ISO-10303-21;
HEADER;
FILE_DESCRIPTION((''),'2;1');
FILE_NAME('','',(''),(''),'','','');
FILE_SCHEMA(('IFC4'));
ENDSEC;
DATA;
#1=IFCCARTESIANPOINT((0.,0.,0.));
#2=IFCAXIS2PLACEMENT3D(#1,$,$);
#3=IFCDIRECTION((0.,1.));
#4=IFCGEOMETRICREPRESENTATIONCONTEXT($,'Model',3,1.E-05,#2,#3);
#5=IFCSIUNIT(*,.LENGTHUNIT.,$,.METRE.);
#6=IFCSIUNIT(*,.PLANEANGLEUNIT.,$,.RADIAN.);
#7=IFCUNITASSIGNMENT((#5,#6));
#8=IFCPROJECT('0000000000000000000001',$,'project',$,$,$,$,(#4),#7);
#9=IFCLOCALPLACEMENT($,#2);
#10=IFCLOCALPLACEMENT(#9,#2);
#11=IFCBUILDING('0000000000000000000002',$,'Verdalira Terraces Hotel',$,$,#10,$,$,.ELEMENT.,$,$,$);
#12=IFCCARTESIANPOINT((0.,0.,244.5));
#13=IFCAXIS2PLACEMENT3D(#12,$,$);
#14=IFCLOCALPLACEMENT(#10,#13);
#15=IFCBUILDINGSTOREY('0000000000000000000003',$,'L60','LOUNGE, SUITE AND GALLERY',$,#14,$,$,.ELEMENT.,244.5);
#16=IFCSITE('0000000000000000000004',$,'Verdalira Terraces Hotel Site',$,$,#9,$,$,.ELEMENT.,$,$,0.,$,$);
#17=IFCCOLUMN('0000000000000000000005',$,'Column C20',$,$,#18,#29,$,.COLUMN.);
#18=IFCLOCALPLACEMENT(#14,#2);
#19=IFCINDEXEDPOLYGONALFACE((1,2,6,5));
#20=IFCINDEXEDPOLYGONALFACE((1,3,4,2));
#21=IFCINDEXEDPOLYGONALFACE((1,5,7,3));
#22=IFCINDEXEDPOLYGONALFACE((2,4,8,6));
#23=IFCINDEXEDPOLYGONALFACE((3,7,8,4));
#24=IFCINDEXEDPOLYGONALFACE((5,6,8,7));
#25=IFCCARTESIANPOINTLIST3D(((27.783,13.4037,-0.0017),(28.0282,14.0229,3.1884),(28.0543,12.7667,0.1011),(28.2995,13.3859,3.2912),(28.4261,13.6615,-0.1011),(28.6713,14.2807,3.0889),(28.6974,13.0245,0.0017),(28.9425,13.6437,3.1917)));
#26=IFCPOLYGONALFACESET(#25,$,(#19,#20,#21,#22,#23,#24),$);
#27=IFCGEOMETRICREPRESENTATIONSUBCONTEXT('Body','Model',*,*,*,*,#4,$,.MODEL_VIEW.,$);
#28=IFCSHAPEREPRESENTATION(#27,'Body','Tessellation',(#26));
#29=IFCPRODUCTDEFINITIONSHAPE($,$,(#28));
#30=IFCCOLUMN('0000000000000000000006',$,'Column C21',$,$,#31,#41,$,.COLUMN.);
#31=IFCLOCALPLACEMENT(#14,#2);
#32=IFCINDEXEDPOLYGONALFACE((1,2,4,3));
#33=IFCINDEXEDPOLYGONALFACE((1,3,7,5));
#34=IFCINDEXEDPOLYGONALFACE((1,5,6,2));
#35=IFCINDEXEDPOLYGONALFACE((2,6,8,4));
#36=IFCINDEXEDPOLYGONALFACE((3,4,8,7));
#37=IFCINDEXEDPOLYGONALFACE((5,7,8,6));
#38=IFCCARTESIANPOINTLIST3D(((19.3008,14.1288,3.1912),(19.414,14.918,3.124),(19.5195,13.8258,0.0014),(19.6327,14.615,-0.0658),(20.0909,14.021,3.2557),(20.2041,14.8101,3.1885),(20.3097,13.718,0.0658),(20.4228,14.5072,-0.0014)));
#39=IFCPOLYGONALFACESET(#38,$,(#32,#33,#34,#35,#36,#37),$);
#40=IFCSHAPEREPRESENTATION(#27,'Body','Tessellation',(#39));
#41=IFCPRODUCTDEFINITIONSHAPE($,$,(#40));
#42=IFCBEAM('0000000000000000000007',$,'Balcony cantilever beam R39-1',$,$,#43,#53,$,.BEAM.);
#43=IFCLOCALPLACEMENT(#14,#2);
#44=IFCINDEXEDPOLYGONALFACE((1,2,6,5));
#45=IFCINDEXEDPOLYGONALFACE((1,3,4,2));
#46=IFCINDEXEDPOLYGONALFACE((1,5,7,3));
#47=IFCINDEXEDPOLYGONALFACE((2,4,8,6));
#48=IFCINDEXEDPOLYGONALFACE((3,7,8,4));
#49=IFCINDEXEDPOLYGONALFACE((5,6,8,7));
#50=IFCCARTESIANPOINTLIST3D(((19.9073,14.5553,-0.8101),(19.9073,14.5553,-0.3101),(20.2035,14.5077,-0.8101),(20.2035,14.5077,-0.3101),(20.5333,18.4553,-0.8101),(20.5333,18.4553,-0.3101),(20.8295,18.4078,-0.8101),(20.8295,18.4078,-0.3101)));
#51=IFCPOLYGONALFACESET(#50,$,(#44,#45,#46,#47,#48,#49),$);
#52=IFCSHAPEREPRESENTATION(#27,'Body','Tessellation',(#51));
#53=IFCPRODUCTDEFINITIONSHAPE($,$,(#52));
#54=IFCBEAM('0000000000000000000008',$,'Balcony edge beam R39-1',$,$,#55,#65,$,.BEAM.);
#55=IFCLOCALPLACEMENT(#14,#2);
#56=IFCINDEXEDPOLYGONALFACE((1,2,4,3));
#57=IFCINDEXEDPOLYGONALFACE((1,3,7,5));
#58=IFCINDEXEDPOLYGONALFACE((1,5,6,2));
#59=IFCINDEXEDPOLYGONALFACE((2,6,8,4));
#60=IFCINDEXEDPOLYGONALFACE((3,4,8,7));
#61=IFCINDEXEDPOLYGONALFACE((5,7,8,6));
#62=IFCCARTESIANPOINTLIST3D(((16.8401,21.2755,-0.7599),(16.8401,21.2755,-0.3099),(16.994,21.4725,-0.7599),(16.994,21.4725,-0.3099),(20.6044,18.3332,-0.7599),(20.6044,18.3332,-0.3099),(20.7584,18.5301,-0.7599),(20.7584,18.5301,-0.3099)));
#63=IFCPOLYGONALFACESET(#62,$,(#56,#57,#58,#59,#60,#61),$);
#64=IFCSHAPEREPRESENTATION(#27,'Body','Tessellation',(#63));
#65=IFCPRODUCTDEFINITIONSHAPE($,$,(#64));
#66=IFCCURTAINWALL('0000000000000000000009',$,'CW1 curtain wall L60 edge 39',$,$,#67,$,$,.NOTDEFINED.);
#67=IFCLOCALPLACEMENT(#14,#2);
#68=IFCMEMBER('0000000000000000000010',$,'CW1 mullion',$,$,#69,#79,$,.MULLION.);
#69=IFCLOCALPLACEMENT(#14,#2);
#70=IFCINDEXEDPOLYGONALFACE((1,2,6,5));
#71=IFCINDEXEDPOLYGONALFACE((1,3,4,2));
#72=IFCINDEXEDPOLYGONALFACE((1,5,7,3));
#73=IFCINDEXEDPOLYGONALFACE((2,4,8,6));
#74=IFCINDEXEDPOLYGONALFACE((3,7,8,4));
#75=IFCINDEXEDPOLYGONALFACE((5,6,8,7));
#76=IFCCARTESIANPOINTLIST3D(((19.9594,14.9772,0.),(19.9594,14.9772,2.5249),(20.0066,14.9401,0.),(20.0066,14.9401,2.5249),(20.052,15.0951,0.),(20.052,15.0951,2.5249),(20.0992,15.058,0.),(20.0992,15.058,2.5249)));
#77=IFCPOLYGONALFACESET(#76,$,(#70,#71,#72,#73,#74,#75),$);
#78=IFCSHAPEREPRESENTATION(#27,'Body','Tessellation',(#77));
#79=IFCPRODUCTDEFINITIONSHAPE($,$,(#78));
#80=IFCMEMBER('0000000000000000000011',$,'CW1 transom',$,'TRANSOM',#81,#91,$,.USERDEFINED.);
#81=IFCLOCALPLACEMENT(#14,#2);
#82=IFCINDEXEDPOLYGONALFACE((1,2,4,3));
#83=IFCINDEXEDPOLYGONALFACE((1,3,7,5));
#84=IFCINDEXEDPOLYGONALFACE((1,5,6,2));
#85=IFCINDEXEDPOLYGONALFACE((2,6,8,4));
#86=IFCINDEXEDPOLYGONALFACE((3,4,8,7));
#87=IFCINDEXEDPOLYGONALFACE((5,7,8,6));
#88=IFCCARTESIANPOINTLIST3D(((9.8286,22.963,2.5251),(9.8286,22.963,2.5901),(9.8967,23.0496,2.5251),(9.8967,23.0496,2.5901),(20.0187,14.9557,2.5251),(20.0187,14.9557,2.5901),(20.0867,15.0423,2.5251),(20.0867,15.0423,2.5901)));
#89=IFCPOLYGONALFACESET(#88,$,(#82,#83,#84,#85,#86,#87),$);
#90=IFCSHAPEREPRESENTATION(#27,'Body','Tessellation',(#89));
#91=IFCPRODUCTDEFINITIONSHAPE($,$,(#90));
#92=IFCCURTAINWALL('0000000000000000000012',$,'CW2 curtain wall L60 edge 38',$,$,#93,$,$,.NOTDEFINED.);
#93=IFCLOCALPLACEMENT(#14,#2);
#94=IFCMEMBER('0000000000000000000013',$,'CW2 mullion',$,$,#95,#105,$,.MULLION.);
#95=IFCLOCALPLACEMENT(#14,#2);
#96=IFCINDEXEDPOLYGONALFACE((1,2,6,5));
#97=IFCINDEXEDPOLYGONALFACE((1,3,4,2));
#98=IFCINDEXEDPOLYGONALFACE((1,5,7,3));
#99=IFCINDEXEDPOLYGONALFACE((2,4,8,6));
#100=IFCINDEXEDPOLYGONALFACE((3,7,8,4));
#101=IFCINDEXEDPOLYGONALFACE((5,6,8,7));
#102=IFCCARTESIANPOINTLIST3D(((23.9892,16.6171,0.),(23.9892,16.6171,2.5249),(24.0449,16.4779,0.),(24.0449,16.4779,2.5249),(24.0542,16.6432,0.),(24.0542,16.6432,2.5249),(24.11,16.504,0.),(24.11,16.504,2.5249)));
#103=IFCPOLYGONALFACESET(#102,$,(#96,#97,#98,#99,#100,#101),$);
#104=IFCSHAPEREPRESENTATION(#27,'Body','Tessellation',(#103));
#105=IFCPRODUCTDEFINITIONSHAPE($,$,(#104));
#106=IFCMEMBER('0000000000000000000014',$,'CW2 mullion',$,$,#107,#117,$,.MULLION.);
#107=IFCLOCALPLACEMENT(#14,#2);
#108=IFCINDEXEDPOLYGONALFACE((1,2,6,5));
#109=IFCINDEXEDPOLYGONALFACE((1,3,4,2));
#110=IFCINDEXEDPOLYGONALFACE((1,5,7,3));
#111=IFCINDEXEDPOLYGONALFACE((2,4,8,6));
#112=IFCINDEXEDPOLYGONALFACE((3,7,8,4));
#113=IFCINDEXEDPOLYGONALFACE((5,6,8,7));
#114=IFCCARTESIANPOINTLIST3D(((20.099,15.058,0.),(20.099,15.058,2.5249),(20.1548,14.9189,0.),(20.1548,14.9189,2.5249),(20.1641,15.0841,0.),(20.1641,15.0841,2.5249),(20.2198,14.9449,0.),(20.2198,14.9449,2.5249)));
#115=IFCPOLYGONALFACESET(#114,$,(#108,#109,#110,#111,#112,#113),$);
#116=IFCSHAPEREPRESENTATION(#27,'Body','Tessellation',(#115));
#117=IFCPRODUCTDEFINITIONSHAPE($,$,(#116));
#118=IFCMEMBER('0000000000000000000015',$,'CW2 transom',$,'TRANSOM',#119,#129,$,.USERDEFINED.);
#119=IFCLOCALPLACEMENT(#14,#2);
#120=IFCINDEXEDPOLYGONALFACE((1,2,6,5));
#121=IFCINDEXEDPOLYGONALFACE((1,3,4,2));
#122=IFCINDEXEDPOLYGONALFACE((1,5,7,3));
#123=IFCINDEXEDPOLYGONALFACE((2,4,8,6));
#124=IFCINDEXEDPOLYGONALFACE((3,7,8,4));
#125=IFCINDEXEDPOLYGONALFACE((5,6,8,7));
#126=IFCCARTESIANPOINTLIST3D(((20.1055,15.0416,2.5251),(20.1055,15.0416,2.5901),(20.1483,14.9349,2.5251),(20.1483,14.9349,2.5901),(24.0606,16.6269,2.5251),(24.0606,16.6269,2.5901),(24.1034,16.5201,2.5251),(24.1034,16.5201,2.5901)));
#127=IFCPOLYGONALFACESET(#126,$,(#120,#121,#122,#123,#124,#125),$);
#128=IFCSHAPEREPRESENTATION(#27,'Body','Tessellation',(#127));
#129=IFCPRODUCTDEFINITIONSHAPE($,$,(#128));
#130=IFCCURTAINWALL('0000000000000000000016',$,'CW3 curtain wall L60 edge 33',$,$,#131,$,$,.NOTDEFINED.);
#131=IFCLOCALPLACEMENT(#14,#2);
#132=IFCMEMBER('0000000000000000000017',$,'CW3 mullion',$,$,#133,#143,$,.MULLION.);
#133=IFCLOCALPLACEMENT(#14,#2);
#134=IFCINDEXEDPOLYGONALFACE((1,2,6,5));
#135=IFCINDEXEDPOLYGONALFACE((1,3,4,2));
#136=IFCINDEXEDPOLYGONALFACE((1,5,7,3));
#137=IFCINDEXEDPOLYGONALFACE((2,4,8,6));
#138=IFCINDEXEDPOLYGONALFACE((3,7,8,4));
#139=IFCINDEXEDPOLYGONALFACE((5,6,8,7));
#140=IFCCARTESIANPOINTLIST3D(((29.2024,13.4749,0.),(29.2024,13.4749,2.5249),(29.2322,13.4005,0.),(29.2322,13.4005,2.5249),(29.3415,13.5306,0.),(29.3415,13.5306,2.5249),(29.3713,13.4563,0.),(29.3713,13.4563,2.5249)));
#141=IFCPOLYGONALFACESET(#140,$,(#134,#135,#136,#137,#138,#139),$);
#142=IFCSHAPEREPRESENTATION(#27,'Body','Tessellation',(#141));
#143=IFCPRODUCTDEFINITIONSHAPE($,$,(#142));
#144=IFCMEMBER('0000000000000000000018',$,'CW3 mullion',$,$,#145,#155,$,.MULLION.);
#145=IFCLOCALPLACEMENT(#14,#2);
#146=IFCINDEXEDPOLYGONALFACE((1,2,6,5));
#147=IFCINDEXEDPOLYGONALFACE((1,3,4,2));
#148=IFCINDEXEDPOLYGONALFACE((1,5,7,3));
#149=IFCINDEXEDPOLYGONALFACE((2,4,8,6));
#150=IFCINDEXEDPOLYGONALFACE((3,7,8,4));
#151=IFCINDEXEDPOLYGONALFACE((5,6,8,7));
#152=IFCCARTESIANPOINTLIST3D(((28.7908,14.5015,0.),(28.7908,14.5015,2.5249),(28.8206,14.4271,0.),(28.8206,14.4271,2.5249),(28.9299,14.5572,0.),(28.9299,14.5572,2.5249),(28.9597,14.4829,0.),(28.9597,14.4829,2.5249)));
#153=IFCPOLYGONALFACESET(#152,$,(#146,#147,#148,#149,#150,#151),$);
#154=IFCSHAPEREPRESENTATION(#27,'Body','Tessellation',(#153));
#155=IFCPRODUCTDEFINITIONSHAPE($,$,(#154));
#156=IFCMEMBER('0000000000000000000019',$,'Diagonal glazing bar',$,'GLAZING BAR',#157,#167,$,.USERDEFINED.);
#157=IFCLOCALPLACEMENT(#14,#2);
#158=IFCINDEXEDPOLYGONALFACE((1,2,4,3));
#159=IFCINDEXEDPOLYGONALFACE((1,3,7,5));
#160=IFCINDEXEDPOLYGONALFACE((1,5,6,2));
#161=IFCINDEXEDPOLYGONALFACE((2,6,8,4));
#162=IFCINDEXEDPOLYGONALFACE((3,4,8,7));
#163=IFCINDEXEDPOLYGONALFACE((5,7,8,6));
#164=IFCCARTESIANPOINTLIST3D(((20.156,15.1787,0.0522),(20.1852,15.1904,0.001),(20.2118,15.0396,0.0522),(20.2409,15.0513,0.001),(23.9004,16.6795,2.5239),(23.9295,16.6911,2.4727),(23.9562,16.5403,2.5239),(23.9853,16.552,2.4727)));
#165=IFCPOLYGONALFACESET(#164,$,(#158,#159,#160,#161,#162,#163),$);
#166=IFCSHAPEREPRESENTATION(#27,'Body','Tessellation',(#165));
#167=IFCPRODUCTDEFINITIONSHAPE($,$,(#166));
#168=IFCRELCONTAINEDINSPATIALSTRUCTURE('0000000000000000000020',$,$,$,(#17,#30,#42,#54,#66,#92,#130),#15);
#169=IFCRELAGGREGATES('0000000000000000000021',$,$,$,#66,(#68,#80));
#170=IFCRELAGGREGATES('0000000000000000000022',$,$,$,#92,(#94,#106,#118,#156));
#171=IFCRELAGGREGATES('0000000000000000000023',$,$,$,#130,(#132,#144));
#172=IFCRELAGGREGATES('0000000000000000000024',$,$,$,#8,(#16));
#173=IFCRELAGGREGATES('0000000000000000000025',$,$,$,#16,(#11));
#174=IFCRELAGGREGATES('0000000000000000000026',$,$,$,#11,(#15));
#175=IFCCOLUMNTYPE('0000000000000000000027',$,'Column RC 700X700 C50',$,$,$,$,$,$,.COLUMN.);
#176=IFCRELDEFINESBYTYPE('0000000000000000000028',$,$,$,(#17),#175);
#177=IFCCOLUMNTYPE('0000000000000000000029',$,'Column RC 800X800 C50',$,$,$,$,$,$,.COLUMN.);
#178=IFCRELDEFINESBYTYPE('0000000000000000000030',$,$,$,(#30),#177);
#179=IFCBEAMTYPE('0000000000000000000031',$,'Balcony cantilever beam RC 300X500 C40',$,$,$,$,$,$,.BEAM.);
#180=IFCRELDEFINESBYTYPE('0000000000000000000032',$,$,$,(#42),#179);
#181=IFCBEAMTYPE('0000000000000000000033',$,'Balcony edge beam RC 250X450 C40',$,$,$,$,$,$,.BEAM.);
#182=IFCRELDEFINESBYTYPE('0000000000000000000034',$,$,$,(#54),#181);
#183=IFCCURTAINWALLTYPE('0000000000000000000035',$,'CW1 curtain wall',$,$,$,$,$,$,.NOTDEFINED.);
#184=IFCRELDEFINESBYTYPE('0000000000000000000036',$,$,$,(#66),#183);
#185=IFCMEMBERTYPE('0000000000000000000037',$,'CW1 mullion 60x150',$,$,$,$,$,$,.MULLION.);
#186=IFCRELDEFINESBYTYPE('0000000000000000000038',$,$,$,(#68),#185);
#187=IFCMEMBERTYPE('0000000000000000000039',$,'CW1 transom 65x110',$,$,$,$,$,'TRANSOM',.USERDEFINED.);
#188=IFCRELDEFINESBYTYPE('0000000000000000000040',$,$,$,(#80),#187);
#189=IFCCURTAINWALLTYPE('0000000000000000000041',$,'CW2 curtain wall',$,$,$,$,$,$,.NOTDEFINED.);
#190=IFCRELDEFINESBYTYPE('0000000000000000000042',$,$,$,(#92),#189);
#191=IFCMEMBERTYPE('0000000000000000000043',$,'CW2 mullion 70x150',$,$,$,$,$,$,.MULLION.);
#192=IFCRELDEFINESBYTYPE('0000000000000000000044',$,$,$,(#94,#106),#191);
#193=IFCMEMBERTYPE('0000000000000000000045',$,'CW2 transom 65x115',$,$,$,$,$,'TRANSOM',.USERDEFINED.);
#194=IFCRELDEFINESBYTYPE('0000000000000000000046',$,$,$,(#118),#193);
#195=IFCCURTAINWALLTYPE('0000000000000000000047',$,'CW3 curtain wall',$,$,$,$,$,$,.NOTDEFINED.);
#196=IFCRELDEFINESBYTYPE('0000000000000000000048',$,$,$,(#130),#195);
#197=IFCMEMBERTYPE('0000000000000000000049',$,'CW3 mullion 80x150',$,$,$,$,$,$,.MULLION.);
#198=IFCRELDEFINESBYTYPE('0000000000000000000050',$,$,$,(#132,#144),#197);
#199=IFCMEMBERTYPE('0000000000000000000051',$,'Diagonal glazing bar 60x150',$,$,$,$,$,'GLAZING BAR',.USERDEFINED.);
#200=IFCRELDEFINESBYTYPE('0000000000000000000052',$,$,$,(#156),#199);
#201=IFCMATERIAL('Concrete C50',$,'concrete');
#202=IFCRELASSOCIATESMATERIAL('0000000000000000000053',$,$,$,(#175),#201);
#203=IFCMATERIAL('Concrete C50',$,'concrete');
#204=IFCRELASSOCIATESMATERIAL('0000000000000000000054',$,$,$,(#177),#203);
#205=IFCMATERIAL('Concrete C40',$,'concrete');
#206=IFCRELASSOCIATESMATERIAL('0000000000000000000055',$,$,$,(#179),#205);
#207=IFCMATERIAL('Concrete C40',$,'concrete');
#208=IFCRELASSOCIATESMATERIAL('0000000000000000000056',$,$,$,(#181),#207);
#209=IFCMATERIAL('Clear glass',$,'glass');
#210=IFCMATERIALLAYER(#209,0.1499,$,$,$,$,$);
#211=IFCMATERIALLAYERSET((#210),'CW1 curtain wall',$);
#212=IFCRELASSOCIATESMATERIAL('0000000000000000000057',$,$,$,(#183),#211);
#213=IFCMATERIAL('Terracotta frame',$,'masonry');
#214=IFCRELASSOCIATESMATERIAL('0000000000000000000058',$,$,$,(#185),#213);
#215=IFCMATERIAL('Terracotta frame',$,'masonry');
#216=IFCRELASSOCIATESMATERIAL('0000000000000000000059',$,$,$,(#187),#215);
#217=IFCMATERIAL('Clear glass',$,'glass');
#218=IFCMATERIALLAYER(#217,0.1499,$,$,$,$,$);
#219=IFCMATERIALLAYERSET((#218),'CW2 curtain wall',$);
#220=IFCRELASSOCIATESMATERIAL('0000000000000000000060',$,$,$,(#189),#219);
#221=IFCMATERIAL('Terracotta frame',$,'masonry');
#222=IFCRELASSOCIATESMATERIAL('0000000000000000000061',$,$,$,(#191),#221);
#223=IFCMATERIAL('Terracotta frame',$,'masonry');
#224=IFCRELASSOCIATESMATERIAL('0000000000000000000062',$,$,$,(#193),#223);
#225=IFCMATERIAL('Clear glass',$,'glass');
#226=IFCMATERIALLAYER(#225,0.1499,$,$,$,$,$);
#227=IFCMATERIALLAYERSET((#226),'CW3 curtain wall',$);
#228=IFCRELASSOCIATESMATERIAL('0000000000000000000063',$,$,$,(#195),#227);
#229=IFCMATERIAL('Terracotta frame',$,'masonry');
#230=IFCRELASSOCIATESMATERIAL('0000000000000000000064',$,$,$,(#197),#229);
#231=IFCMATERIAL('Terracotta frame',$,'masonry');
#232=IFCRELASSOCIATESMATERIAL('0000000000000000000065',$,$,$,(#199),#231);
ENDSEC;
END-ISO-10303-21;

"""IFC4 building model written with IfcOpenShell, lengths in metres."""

from ifc_helpers import new_model, si_unit, direction, frame, origin, origin_2d, place, context, subcontext, project, spatial, rectangle, extrude, material, layer, layer_set, material_profile, profile_set, type_object, element, aggregate, save


model = new_model("IFC4")

# Units and contexts
model_context = context("Model", 3, precision=1e-05, world=origin(), true_north=direction((0.0, 1.0)))
body_context = subcontext(model_context, "Body", "Model", "MODEL_VIEW")
ifc_project = project(units=[si_unit("LENGTHUNIT", "METRE"), si_unit("PLANEANGLEUNIT", "RADIAN")], contexts=[model_context])

# Site, building, storey
site_placement = place(None, origin())
site = spatial("IfcSite", under=ifc_project, at=site_placement, Name="Verdalira Terraces Hotel Site", CompositionType="ELEMENT", RefElevation=0.0)
building_placement = place(site_placement, origin())
building = spatial("IfcBuilding", under=site, at=building_placement, Name="Verdalira Terraces Hotel", CompositionType="ELEMENT")
storey_placement = place(building_placement, frame((0.0, 0.0, 244.5)))
storey = spatial("IfcBuildingStorey", under=building, at=storey_placement, Name="L60", Description="LOUNGE, SUITE AND GALLERY", CompositionType="ELEMENT", Elevation=244.5)

# Columns
ifc_material_1 = material(Name="Concrete C50", Category="concrete")
ifc_material_profile_1 = material_profile(ifc_material_1, rectangle(XDim=0.7, YDim=0.7, at=origin_2d()), Name="RC 700X700")
ifc_profile_set_1 = profile_set([ifc_material_profile_1], Name="Concrete C50")
column_type_1 = type_object("IfcColumnType", Name="Column RC 700X700 C50", PredefinedType="COLUMN", material=ifc_profile_set_1)
column_1_placement = place(storey_placement, frame((28.2402, 13.2141, 0.0), z_axis=(0.075219, 0.189996, 0.978899), x_axis=(-0.387582, 0.910063, -0.146853)))
element("IfcColumn", 1, at=column_1_placement, inside=storey, type_object=column_type_1, Name="Column C20", PredefinedType="COLUMN", context=body_context, shape_type="SweptSolid", body=[
    extrude(rectangle(XDim=0.7, YDim=0.7, at=origin_2d()), origin(), (0.0, 0.0, 1.0), 3.2588),
])
ifc_material_2 = material(Name="Concrete C50", Category="concrete")
ifc_material_profile_2 = material_profile(ifc_material_2, rectangle(XDim=0.8, YDim=0.8, at=origin_2d()), Name="RC 800X800")
ifc_profile_set_2 = profile_set([ifc_material_profile_2], Name="Concrete C50")
column_type_2 = type_object("IfcColumnType", Name="Column RC 800X800 C50", PredefinedType="COLUMN", material=ifc_profile_set_2)
column_2_placement = place(storey_placement, frame((19.9712, 14.1665, 0.0), z_axis=(-0.068109, 0.094334, 0.993208), x_axis=(0.987601, -0.134758, 0.080524)))
element("IfcColumn", 2, at=column_2_placement, inside=storey, type_object=column_type_2, Name="Column C21", PredefinedType="COLUMN", context=body_context, shape_type="SweptSolid", body=[
    extrude(rectangle(XDim=0.8, YDim=0.8, at=origin_2d()), origin(), (0.0, 0.0, 1.0), 3.2117),
])

# Beams
ifc_material_3 = material(Name="Concrete C40", Category="concrete")
ifc_material_profile_3 = material_profile(ifc_material_3, rectangle(XDim=0.3, YDim=0.5, at=origin_2d()), Name="RC 300X500")
ifc_profile_set_3 = profile_set([ifc_material_profile_3], Name="Concrete C40")
beam_type_1 = type_object("IfcBeamType", Name="Balcony cantilever beam RC 300X500 C40", PredefinedType="BEAM", material=ifc_profile_set_3)
beam_1_placement = place(storey_placement, frame((20.0554, 14.5315, -0.5601), z_axis=(0.158473, 0.987363, 0.0), x_axis=(-0.987363, 0.158473, 0.0)))
element("IfcBeam", 3, at=beam_1_placement, inside=storey, type_object=beam_type_1, Name="Balcony cantilever beam R39-1", PredefinedType="BEAM", context=body_context, shape_type="SweptSolid", body=[
    extrude(rectangle(XDim=0.3, YDim=0.5, at=origin_2d()), origin(), (0.0, 0.0, 1.0), 3.95),
])
ifc_material_4 = material(Name="Concrete C40", Category="concrete")
ifc_material_profile_4 = material_profile(ifc_material_4, rectangle(XDim=0.25, YDim=0.45, at=origin_2d()), Name="RC 250X450")
ifc_profile_set_4 = profile_set([ifc_material_profile_4], Name="Concrete C40")
beam_type_2 = type_object("IfcBeamType", Name="Balcony edge beam RC 250X450 C40", PredefinedType="BEAM", material=ifc_profile_set_4)
beam_2_placement = place(storey_placement, frame((20.6814, 18.4316, -0.5349), z_axis=(-0.787878, 0.615831, 0.0), x_axis=(-0.615831, -0.787878, 0.0)))
element("IfcBeam", 4, at=beam_2_placement, inside=storey, type_object=beam_type_2, Name="Balcony edge beam R39-1", PredefinedType="BEAM", context=body_context, shape_type="SweptSolid", body=[
    extrude(rectangle(XDim=0.25, YDim=0.45, at=origin_2d()), origin(), (0.0, 0.0, 1.0), 4.7778),
])

# Curtain walls, members
ifc_material_5 = material(Name="Clear glass", Category="glass")
ifc_layer_1 = layer(ifc_material_5, 0.1499)
ifc_layer_set_1 = layer_set([ifc_layer_1], Name="CW1 curtain wall")
curtain_wall_type_1 = type_object("IfcCurtainWallType", Name="CW1 curtain wall", PredefinedType="NOTDEFINED", material=ifc_layer_set_1)
curtain_wall_1_placement = place(storey_placement, origin())
curtain_wall_1 = element("IfcCurtainWall", 5, at=curtain_wall_1_placement, inside=storey, type_object=curtain_wall_type_1, Name="CW1 curtain wall L60 edge 39", PredefinedType="NOTDEFINED")
ifc_material_6 = material(Name="Terracotta frame", Category="masonry")
ifc_material_profile_5 = material_profile(ifc_material_6, rectangle(XDim=0.0601, YDim=0.1499, at=origin_2d()), Name="MU 60x150")
ifc_profile_set_5 = profile_set([ifc_material_profile_5], Name="Terracotta frame")
member_type_1 = type_object("IfcMemberType", Name="CW1 mullion 60x150", PredefinedType="MULLION", material=ifc_profile_set_5)
member_1_placement = place(storey_placement, frame((20.0293, 15.0176, 0.0), z_axis=(0.0, 0.0, 1.0), x_axis=(-0.786288, 0.61786, 0.0)))
member_1 = element("IfcMember", 6, at=member_1_placement, type_object=member_type_1, Name="CW1 mullion", PredefinedType="MULLION", context=body_context, shape_type="SweptSolid", body=[
    extrude(rectangle(XDim=0.0601, YDim=0.1499, at=origin_2d()), origin(), (0.0, 0.0, 1.0), 2.5249),
])
ifc_material_7 = material(Name="Terracotta frame", Category="masonry")
ifc_material_profile_6 = material_profile(ifc_material_7, rectangle(XDim=0.1101, YDim=0.0649, at=origin_2d()), Name="TR 65x110")
ifc_profile_set_6 = profile_set([ifc_material_profile_6], Name="Terracotta frame")
member_type_2 = type_object("IfcMemberType", Name="CW1 transom 65x110", ElementType="TRANSOM", PredefinedType="USERDEFINED", material=ifc_profile_set_6)
member_2_placement = place(storey_placement, frame((20.0527, 14.999, 2.5576), z_axis=(-0.78629, 0.617857, 0.0), x_axis=(-0.617857, -0.78629, 0.0)))
member_2 = element("IfcMember", 7, at=member_2_placement, type_object=member_type_2, Name="CW1 transom", ObjectType="TRANSOM", PredefinedType="USERDEFINED", context=body_context, shape_type="SweptSolid", body=[
    extrude(rectangle(XDim=0.1101, YDim=0.0649, at=origin_2d()), origin(), (0.0, 0.0, 1.0), 12.9597),
])
ifc_material_8 = material(Name="Clear glass", Category="glass")
ifc_layer_2 = layer(ifc_material_8, 0.1499)
ifc_layer_set_2 = layer_set([ifc_layer_2], Name="CW2 curtain wall")
curtain_wall_type_2 = type_object("IfcCurtainWallType", Name="CW2 curtain wall", PredefinedType="NOTDEFINED", material=ifc_layer_set_2)
curtain_wall_2_placement = place(storey_placement, origin())
curtain_wall_2 = element("IfcCurtainWall", 8, at=curtain_wall_2_placement, inside=storey, type_object=curtain_wall_type_2, Name="CW2 curtain wall L60 edge 38", PredefinedType="NOTDEFINED")
ifc_material_9 = material(Name="Terracotta frame", Category="masonry")
ifc_material_profile_7 = material_profile(ifc_material_9, rectangle(XDim=0.0701, YDim=0.1499, at=origin_2d()), Name="MU 70x150")
ifc_profile_set_7 = profile_set([ifc_material_profile_7], Name="Terracotta frame")
member_type_3 = type_object("IfcMemberType", Name="CW2 mullion 70x150", PredefinedType="MULLION", material=ifc_profile_set_7)
member_3_placement = place(storey_placement, frame((24.0496, 16.5605, 0.0), z_axis=(0.0, 0.0, 1.0), x_axis=(-0.928226, -0.372016, 0.0)))
member_3 = element("IfcMember", 9, at=member_3_placement, type_object=member_type_3, Name="CW2 mullion", PredefinedType="MULLION", context=body_context, shape_type="SweptSolid", body=[
    extrude(rectangle(XDim=0.0701, YDim=0.1499, at=origin_2d()), origin(), (0.0, 0.0, 1.0), 2.5249),
])
member_4_placement = place(storey_placement, frame((20.1594, 15.0015, 0.0), z_axis=(0.0, 0.0, 1.0), x_axis=(-0.928226, -0.372016, 0.0)))
member_4 = element("IfcMember", 10, at=member_4_placement, type_object=member_type_3, Name="CW2 mullion", PredefinedType="MULLION", context=body_context, shape_type="SweptSolid", body=[
    extrude(rectangle(XDim=0.0701, YDim=0.1499, at=origin_2d()), origin(), (0.0, 0.0, 1.0), 2.5249),
])
ifc_material_10 = material(Name="Terracotta frame", Category="masonry")
ifc_material_profile_8 = material_profile(ifc_material_10, rectangle(XDim=0.115, YDim=0.0649, at=origin_2d()), Name="TR 65x115")
ifc_profile_set_8 = profile_set([ifc_material_profile_8], Name="Terracotta frame")
member_type_4 = type_object("IfcMemberType", Name="CW2 transom 65x115", ElementType="TRANSOM", PredefinedType="USERDEFINED", material=ifc_profile_set_8)
member_5_placement = place(storey_placement, frame((24.082, 16.5735, 2.5576), z_axis=(-0.92822, -0.372033, 0.0), x_axis=(0.372033, -0.92822, 0.0)))
member_5 = element("IfcMember", 11, at=member_5_placement, type_object=member_type_4, Name="CW2 transom", ObjectType="TRANSOM", PredefinedType="USERDEFINED", context=body_context, shape_type="SweptSolid", body=[
    extrude(rectangle(XDim=0.115, YDim=0.0649, at=origin_2d()), origin(), (0.0, 0.0, 1.0), 4.261),
])
ifc_material_11 = material(Name="Clear glass", Category="glass")
ifc_layer_3 = layer(ifc_material_11, 0.1499)
ifc_layer_set_3 = layer_set([ifc_layer_3], Name="CW3 curtain wall")
curtain_wall_type_3 = type_object("IfcCurtainWallType", Name="CW3 curtain wall", PredefinedType="NOTDEFINED", material=ifc_layer_set_3)
curtain_wall_3_placement = place(storey_placement, origin())
curtain_wall_3 = element("IfcCurtainWall", 12, at=curtain_wall_3_placement, inside=storey, type_object=curtain_wall_type_3, Name="CW3 curtain wall L60 edge 33", PredefinedType="NOTDEFINED")
ifc_material_12 = material(Name="Terracotta frame", Category="masonry")
ifc_material_profile_9 = material_profile(ifc_material_12, rectangle(XDim=0.0801, YDim=0.1499, at=origin_2d()), Name="MU 80x150")
ifc_profile_set_9 = profile_set([ifc_material_profile_9], Name="Terracotta frame")
member_type_5 = type_object("IfcMemberType", Name="CW3 mullion 80x150", PredefinedType="MULLION", material=ifc_profile_set_9)
member_6_placement = place(storey_placement, frame((29.2869, 13.4656, 0.0), z_axis=(0.0, 0.0, 1.0), x_axis=(-0.372016, 0.928226, 0.0)))
member_6 = element("IfcMember", 13, at=member_6_placement, type_object=member_type_5, Name="CW3 mullion", PredefinedType="MULLION", context=body_context, shape_type="SweptSolid", body=[
    extrude(rectangle(XDim=0.0801, YDim=0.1499, at=origin_2d()), origin(), (0.0, 0.0, 1.0), 2.5249),
])
member_7_placement = place(storey_placement, frame((28.8752, 14.4922, 0.0), z_axis=(0.0, 0.0, 1.0), x_axis=(-0.372016, 0.928226, 0.0)))
member_7 = element("IfcMember", 14, at=member_7_placement, type_object=member_type_5, Name="CW3 mullion", PredefinedType="MULLION", context=body_context, shape_type="SweptSolid", body=[
    extrude(rectangle(XDim=0.0801, YDim=0.1499, at=origin_2d()), origin(), (0.0, 0.0, 1.0), 2.5249),
])

# Member
ifc_material_13 = material(Name="Terracotta frame", Category="masonry")
ifc_material_profile_10 = material_profile(ifc_material_13, rectangle(XDim=0.1499, YDim=0.0601, at=origin_2d()), Name="GB 60x150")
ifc_profile_set_10 = profile_set([ifc_material_profile_10], Name="Terracotta frame")
member_type_6 = type_object("IfcMemberType", Name="Diagonal glazing bar 60x150", ElementType="GLAZING BAR", PredefinedType="USERDEFINED", material=ifc_profile_set_10)
member_8_placement = place(storey_placement, frame((23.9429, 16.6157, 2.4983), z_axis=(-0.791467, -0.317216, -0.52245), x_axis=(0.372027, -0.928222, 0.0)))
member_8 = element("IfcMember", 15, at=member_8_placement, type_object=member_type_6, Name="Diagonal glazing bar", ObjectType="GLAZING BAR", PredefinedType="USERDEFINED", context=body_context, shape_type="SweptSolid", body=[
    extrude(rectangle(XDim=0.1499, YDim=0.0601, at=origin_2d()), origin(), (0.0, 0.0, 1.0), 4.731),
])

aggregate(curtain_wall_1, [member_1, member_2])
aggregate(curtain_wall_2, [member_3, member_4, member_5, member_8])
aggregate(curtain_wall_3, [member_6, member_7])

save(model, "model.ifc")
